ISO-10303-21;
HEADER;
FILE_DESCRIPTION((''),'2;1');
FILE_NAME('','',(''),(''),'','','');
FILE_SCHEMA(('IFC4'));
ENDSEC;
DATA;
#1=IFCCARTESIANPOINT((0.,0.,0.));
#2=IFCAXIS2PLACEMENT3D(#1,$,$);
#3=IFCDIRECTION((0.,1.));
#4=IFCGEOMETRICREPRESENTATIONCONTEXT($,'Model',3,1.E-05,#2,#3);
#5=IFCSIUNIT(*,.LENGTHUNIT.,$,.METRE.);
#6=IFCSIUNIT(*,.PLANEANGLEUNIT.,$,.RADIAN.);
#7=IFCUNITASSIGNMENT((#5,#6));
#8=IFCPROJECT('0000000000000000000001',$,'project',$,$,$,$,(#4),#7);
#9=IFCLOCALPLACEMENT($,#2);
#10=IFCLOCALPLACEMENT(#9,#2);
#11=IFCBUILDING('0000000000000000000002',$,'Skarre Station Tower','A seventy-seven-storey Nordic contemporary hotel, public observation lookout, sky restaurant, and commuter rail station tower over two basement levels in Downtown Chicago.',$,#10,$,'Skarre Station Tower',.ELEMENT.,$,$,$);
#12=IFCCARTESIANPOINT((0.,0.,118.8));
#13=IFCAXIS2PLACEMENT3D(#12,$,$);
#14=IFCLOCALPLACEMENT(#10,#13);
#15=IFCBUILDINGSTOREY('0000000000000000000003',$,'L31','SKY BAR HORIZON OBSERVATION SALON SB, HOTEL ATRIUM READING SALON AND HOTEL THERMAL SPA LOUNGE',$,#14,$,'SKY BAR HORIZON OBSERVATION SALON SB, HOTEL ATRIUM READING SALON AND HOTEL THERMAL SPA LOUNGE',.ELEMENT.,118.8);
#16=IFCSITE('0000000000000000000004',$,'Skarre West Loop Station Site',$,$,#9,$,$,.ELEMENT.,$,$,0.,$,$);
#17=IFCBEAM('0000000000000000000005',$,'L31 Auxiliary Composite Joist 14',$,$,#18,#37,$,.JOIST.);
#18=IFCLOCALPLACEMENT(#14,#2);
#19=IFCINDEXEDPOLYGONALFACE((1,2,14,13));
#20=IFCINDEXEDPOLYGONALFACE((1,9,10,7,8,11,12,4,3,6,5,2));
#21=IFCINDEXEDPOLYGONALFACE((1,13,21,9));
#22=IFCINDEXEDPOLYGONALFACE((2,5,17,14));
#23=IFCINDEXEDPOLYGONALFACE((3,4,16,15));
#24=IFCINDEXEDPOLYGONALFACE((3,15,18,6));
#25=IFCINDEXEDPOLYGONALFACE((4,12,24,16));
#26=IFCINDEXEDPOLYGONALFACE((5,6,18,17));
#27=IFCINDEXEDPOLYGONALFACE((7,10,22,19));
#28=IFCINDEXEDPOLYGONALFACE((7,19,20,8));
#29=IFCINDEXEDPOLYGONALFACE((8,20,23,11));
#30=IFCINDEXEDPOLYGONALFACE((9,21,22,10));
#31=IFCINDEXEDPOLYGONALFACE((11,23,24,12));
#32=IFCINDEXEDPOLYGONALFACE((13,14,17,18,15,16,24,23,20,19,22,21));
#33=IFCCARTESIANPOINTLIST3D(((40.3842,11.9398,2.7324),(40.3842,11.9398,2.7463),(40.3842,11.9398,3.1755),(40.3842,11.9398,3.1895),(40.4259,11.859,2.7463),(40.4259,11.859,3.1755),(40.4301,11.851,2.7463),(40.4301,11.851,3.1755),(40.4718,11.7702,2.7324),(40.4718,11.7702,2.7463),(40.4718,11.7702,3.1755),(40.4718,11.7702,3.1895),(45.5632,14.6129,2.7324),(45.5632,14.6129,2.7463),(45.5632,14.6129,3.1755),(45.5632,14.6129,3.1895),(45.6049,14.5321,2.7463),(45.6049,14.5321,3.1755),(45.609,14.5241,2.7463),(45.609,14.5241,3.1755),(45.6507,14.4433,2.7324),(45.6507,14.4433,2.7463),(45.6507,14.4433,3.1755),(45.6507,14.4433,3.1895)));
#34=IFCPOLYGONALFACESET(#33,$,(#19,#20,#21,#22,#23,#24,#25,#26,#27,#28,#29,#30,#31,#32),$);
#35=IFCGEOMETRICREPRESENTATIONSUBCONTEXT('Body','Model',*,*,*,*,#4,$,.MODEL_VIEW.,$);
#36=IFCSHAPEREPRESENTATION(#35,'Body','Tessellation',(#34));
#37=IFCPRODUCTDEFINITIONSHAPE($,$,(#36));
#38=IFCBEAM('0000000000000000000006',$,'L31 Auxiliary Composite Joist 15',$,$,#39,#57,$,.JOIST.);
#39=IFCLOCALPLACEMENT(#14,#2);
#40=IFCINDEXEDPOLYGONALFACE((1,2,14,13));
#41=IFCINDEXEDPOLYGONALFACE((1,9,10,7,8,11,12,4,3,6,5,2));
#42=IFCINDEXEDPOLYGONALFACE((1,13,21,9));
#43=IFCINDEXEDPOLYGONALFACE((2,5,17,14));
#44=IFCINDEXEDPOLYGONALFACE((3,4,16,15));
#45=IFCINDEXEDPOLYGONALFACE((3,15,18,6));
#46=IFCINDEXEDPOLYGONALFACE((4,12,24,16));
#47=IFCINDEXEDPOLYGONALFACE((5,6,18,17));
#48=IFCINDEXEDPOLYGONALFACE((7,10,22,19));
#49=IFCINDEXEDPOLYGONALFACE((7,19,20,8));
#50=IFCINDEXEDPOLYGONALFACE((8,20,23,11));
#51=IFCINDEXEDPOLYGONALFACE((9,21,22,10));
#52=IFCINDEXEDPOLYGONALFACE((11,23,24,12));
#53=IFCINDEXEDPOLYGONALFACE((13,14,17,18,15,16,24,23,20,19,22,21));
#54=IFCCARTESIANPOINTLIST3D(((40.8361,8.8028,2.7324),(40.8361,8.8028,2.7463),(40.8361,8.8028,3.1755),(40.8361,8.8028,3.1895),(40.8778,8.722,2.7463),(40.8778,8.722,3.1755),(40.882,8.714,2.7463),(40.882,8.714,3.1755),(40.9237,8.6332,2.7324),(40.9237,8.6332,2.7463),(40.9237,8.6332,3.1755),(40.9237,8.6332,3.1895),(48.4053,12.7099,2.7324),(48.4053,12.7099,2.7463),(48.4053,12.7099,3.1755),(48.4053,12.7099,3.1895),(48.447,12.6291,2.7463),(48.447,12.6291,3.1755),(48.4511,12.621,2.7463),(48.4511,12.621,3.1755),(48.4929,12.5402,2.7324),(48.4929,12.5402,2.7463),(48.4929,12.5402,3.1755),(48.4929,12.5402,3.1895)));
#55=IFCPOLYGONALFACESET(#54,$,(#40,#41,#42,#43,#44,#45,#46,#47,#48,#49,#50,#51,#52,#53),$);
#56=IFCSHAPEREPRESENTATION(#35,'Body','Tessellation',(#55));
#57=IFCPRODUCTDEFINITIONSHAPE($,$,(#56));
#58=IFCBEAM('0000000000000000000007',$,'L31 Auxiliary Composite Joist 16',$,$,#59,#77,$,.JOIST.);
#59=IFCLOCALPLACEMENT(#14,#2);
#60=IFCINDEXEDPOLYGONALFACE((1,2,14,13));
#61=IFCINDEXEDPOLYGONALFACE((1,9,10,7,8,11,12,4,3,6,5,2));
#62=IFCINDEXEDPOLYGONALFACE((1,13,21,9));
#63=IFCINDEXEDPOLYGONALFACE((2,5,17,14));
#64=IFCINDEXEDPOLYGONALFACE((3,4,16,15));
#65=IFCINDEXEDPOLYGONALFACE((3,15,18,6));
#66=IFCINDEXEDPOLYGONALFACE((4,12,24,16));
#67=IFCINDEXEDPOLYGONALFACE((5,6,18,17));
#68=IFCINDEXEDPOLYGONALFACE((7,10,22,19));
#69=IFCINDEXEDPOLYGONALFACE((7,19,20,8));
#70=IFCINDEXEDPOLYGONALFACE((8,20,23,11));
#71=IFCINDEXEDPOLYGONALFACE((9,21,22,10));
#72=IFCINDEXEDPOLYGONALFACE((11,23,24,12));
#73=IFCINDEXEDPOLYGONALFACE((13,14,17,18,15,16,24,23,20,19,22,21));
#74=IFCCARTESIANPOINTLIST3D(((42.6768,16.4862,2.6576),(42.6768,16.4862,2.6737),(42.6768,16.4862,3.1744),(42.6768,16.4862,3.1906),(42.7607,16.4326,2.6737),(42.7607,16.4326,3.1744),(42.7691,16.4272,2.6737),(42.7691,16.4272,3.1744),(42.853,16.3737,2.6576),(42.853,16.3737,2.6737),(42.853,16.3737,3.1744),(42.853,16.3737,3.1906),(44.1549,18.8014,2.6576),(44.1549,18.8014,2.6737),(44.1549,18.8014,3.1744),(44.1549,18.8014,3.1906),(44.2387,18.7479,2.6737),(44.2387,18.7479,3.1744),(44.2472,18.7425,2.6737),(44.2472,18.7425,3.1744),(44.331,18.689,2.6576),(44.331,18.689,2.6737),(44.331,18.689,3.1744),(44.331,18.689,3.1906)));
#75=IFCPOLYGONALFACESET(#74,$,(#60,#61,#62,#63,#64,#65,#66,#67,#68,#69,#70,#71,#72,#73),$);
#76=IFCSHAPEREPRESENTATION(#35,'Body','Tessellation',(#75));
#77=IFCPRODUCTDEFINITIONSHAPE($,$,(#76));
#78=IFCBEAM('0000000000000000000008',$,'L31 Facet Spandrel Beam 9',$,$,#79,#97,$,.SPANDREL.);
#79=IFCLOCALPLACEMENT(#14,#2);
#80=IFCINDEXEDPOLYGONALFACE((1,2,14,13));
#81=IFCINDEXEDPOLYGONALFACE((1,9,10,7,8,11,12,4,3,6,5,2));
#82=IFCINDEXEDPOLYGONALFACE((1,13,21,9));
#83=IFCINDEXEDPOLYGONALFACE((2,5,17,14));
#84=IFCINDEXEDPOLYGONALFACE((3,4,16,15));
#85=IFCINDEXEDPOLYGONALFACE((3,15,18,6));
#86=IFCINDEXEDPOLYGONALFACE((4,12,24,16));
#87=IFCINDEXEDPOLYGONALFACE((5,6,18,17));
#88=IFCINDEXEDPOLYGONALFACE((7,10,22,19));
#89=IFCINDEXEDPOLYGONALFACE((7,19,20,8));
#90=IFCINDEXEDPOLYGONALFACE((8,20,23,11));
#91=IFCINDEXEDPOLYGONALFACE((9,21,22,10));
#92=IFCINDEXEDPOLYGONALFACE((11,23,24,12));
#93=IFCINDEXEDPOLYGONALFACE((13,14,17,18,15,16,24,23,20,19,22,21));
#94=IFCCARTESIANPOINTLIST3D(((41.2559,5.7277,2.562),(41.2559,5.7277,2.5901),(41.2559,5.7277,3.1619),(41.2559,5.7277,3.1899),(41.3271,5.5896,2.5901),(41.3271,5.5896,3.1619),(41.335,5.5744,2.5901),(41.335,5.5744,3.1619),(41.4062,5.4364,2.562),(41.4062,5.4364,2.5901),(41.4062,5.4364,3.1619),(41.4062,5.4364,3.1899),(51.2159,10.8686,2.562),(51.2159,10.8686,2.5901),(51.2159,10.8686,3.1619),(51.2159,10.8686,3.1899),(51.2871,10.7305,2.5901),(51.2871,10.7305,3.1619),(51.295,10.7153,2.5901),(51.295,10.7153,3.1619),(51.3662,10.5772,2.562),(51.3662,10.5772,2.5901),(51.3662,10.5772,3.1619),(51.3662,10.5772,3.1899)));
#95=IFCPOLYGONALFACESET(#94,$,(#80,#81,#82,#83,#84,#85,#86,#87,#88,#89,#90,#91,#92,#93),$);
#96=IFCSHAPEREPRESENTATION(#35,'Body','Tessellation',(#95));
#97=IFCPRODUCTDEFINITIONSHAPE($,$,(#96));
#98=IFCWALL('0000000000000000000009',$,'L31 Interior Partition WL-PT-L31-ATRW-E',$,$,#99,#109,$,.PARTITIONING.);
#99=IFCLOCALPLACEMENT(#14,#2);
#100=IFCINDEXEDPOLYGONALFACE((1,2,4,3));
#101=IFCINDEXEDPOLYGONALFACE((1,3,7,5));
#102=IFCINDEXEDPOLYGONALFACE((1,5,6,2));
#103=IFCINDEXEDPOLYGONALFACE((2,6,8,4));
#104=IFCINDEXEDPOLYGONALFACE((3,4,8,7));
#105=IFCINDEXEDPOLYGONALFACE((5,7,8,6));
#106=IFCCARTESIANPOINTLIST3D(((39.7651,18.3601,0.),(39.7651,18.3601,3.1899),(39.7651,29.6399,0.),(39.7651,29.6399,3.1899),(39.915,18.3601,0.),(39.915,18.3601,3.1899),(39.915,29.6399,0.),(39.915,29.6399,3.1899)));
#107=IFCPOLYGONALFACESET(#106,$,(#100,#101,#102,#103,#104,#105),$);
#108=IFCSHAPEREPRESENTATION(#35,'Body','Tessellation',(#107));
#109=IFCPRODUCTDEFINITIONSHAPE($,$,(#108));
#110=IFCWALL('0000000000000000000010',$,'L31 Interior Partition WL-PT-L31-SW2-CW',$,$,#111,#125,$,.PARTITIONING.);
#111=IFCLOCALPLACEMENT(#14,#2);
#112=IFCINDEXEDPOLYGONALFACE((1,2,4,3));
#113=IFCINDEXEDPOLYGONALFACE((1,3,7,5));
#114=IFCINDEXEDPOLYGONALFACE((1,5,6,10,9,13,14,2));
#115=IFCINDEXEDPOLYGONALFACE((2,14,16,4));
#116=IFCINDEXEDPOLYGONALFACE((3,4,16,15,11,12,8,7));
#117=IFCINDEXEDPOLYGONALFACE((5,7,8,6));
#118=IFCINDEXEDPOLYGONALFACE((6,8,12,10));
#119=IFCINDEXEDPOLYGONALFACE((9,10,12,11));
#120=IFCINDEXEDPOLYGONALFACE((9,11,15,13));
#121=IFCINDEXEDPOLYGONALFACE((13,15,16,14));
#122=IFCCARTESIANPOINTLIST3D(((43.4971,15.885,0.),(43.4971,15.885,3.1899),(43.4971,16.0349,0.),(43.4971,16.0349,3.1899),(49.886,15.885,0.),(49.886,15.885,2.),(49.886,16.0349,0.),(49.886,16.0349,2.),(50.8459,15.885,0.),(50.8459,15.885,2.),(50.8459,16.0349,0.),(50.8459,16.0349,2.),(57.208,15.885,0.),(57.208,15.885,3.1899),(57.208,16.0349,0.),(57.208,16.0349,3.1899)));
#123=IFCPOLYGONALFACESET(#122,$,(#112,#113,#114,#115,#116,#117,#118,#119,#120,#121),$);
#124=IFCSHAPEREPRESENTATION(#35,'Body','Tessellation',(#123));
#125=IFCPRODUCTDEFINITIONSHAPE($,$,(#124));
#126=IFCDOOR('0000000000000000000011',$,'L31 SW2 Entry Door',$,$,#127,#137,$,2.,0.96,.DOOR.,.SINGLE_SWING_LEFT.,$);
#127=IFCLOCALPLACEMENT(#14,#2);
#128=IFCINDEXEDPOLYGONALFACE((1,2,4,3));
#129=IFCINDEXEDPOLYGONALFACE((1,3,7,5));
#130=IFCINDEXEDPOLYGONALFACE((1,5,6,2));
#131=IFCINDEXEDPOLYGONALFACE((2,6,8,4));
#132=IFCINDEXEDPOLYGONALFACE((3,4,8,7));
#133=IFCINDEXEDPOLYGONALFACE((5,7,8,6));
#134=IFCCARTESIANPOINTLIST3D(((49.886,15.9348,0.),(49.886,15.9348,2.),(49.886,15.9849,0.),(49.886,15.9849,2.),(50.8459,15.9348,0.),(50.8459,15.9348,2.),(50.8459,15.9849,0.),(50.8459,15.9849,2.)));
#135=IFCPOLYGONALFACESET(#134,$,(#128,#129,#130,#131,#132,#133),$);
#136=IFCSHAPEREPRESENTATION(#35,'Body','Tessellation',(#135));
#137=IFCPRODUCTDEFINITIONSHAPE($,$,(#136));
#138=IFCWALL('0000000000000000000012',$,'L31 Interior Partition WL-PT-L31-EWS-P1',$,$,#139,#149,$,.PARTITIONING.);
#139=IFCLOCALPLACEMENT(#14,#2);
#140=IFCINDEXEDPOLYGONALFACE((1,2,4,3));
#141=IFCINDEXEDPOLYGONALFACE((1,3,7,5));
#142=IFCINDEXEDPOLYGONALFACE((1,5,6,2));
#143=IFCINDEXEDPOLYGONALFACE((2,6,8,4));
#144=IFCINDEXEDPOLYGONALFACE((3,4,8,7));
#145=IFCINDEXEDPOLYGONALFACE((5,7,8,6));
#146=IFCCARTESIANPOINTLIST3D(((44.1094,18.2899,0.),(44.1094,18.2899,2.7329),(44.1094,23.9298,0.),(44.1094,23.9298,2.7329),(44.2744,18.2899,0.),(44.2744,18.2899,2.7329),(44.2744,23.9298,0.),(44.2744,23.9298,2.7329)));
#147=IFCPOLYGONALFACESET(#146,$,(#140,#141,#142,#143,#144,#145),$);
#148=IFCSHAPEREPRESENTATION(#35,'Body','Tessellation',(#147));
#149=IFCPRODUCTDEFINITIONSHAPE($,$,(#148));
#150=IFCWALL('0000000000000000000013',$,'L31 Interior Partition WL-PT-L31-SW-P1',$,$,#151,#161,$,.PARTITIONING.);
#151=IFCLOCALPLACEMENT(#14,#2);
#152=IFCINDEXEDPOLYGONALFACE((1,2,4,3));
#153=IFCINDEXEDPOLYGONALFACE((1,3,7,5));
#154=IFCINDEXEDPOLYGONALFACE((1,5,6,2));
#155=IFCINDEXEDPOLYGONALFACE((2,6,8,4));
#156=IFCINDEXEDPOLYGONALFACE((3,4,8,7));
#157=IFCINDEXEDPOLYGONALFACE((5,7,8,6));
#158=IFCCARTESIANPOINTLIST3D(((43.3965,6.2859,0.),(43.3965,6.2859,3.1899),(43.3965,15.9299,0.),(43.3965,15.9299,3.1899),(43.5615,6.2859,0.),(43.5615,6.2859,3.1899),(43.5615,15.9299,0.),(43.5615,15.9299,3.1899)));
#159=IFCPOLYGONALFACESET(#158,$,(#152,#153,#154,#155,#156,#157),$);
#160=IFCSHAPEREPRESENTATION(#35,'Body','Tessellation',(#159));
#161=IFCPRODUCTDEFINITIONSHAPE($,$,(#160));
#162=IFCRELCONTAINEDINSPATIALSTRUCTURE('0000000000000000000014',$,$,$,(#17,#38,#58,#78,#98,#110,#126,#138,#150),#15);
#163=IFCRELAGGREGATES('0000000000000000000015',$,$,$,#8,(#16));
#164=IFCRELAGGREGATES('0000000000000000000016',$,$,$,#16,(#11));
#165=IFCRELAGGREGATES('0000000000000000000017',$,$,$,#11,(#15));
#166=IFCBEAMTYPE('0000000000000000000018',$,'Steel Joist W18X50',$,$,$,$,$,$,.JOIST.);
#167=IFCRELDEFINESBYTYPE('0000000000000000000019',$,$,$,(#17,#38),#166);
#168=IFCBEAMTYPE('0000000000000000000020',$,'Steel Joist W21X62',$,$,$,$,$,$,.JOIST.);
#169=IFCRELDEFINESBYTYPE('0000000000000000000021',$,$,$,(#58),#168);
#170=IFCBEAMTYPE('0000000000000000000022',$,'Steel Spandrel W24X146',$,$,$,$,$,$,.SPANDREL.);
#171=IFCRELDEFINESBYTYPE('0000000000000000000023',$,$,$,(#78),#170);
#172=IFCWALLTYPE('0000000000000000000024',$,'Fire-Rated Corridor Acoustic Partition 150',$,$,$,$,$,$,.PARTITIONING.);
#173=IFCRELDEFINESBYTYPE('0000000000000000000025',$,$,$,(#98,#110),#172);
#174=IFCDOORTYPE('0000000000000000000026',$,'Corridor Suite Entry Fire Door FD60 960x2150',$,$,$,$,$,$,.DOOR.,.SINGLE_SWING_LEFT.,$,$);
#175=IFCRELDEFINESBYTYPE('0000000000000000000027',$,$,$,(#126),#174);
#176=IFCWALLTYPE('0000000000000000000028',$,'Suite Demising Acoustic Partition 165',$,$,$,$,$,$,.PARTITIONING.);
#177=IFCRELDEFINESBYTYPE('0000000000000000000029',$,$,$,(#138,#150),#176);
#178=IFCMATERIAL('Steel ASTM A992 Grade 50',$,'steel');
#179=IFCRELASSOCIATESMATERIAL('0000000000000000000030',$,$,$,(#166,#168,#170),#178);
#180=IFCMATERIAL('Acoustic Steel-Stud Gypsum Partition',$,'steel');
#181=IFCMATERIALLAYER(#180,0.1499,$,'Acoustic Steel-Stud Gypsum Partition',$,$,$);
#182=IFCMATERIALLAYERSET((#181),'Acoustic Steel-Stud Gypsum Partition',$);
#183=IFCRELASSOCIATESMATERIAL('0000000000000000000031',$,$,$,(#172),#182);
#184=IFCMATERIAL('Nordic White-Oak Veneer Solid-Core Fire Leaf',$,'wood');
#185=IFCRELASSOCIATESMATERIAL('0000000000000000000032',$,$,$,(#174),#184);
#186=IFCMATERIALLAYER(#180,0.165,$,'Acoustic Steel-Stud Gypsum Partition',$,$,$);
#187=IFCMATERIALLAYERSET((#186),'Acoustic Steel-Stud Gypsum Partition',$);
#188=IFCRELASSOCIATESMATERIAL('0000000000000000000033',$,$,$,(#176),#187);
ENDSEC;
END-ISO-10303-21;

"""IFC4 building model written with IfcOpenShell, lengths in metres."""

from ifc_helpers import new_model, si_unit, direction, frame, frame_2d, origin, origin_2d, place, context, subcontext, project, spatial, rectangle, i_section, extrude, material, layer, layer_set, material_profile, profile_set, type_object, element, fill, save


model = new_model("IFC4")

# Units and contexts
model_context = context("Model", 3, precision=1e-05, world=origin(), true_north=direction((0.0, 1.0)))
body_context = subcontext(model_context, "Body", "Model", "MODEL_VIEW")
ifc_project = project(units=[si_unit("LENGTHUNIT", "METRE"), si_unit("PLANEANGLEUNIT", "RADIAN")], contexts=[model_context])

# Site, building, storey
site_placement = place(None, origin())
site = spatial("IfcSite", under=ifc_project, at=site_placement, Name="Skarre West Loop Station Site", CompositionType="ELEMENT", RefElevation=0.0)
building_placement = place(site_placement, origin())
building = spatial("IfcBuilding", under=site, at=building_placement, Name="Skarre Station Tower", Description="A seventy-seven-storey Nordic contemporary hotel, public observation lookout, sky restaurant, and commuter rail station tower over two basement levels in Downtown Chicago.", LongName="Skarre Station Tower", CompositionType="ELEMENT")
storey_placement = place(building_placement, frame((0.0, 0.0, 118.8)))
storey = spatial("IfcBuildingStorey", under=building, at=storey_placement, Name="L31", Description="SKY BAR HORIZON OBSERVATION SALON SB, HOTEL ATRIUM READING SALON AND HOTEL THERMAL SPA LOUNGE", LongName="SKY BAR HORIZON OBSERVATION SALON SB, HOTEL ATRIUM READING SALON AND HOTEL THERMAL SPA LOUNGE", CompositionType="ELEMENT", Elevation=118.8)

# Beams
ifc_material_1 = material(Name="Steel ASTM A992 Grade 50", Category="steel")
ifc_material_profile_1 = material_profile(ifc_material_1, i_section(OverallWidth=0.1909, OverallDepth=0.457, WebThickness=0.009, FlangeThickness=0.0139, at=origin_2d()), Name="Steel ASTM A992 Grade 50")
ifc_profile_set_1 = profile_set([ifc_material_profile_1], Name="Steel ASTM A992 Grade 50")
beam_type_1 = type_object("IfcBeamType", Name="Steel Joist W18X50", PredefinedType="JOIST", material=ifc_profile_set_1)
beam_1_placement = place(storey_placement, frame((40.428, 11.855, 2.9609), z_axis=(0.888615, 0.458655, 0.0), x_axis=(-0.458655, 0.888615, 0.0)))
element("IfcBeam", 1, at=beam_1_placement, inside=storey, type_object=beam_type_1, Name="L31 Auxiliary Composite Joist 14", PredefinedType="JOIST", context=body_context, shape_type="SweptSolid", body=[
    extrude(i_section(OverallWidth=0.1909, OverallDepth=0.457, WebThickness=0.009, FlangeThickness=0.0139, at=origin_2d()), origin(), (0.0, 0.0, 1.0), 5.8281),
])
beam_2_placement = place(storey_placement, frame((40.8799, 8.718, 2.9609), z_axis=(0.888604, 0.458676, 0.0), x_axis=(-0.458676, 0.888604, 0.0)))
element("IfcBeam", 2, at=beam_2_placement, inside=storey, type_object=beam_type_1, Name="L31 Auxiliary Composite Joist 15", PredefinedType="JOIST", context=body_context, shape_type="SweptSolid", body=[
    extrude(i_section(OverallWidth=0.1909, OverallDepth=0.457, WebThickness=0.009, FlangeThickness=0.0139, at=origin_2d()), origin(), (0.0, 0.0, 1.0), 8.5181),
])
ifc_material_profile_2 = material_profile(ifc_material_1, i_section(OverallWidth=0.209, OverallDepth=0.533, WebThickness=0.01, FlangeThickness=0.0161, at=origin_2d()), Name="Steel ASTM A992 Grade 50")
ifc_profile_set_2 = profile_set([ifc_material_profile_2], Name="Steel ASTM A992 Grade 50")
beam_type_2 = type_object("IfcBeamType", Name="Steel Joist W21X62", PredefinedType="JOIST", material=ifc_profile_set_2)
beam_3_placement = place(storey_placement, frame((42.7649, 16.4299, 2.9241), z_axis=(0.5381, 0.842881, 0.0), x_axis=(-0.842881, 0.5381, 0.0)))
element("IfcBeam", 3, at=beam_3_placement, inside=storey, type_object=beam_type_2, Name="L31 Auxiliary Composite Joist 16", PredefinedType="JOIST", context=body_context, shape_type="SweptSolid", body=[
    extrude(i_section(OverallWidth=0.209, OverallDepth=0.533, WebThickness=0.01, FlangeThickness=0.0161, at=origin_2d()), origin(), (0.0, 0.0, 1.0), 2.7468),
])
ifc_material_profile_3 = material_profile(ifc_material_1, i_section(OverallWidth=0.3279, OverallDepth=0.6279, WebThickness=0.0171, FlangeThickness=0.0281, at=origin_2d()), Name="Steel ASTM A992 Grade 50")
ifc_profile_set_3 = profile_set([ifc_material_profile_3], Name="Steel ASTM A992 Grade 50")
beam_type_3 = type_object("IfcBeamType", Name="Steel Spandrel W24X146", PredefinedType="SPANDREL", material=ifc_profile_set_3)
beam_4_placement = place(storey_placement, frame((41.3311, 5.582, 2.876), z_axis=(0.888612, 0.45866, 0.0), x_axis=(-0.45866, 0.888612, 0.0)))
element("IfcBeam", 4, at=beam_4_placement, inside=storey, type_object=beam_type_3, Name="L31 Facet Spandrel Beam 9", PredefinedType="SPANDREL", context=body_context, shape_type="SweptSolid", body=[
    extrude(i_section(OverallWidth=0.3279, OverallDepth=0.6279, WebThickness=0.0171, FlangeThickness=0.0281, at=origin_2d()), origin(), (0.0, 0.0, 1.0), 11.2085),
])

# Wall
ifc_material_2 = material(Name="Acoustic Steel-Stud Gypsum Partition", Category="steel")
ifc_layer_1 = layer(ifc_material_2, 0.1499, Name="Acoustic Steel-Stud Gypsum Partition")
ifc_layer_set_1 = layer_set([ifc_layer_1], Name="Acoustic Steel-Stud Gypsum Partition")
wall_type_1 = type_object("IfcWallType", Name="Fire-Rated Corridor Acoustic Partition 150", PredefinedType="PARTITIONING", material=ifc_layer_set_1)
wall_1_placement = place(storey_placement, frame((39.8401, 18.3601, 0.0), z_axis=(0.0, 0.0, 1.0), x_axis=(0.0, 1.0, 0.0)))
element("IfcWall", 5, at=wall_1_placement, inside=storey, type_object=wall_type_1, Name="L31 Interior Partition WL-PT-L31-ATRW-E", PredefinedType="PARTITIONING", context=body_context, shape_type="SweptSolid", body=[
    extrude(rectangle(XDim=11.2798, YDim=0.1499, at=frame_2d((5.6399, 0.0))), origin(), (0.0, 0.0, 1.0), 3.1899),
])

# Wall, opening, door
wall_2_placement = place(storey_placement, frame((43.4971, 15.96, 0.0), z_axis=(0.0, 0.0, 1.0), x_axis=(1.0, 0.0, 0.0)))
wall_2 = element("IfcWall", 6, at=wall_2_placement, inside=storey, type_object=wall_type_1, Name="L31 Interior Partition WL-PT-L31-SW2-CW", PredefinedType="PARTITIONING", context=body_context, shape_type="SweptSolid", body=[
    extrude(rectangle(XDim=13.7109, YDim=0.1499, at=frame_2d((6.8555, 0.0))), origin(), (0.0, 0.0, 1.0), 3.1899),
])
opening_placement = place(wall_2_placement, frame((6.3889, 0.0, 0.0)))
opening = element("IfcOpeningElement", 7, at=opening_placement, cuts=wall_2, PredefinedType="OPENING", context=body_context, shape_type="SweptSolid", body=[
    extrude(rectangle(XDim=0.96, YDim=2.0, at=frame_2d((0.48, 1.0))), frame((0.0, 0.085, 0.0), z_axis=(0.0, -1.0, 0.0), x_axis=(1.0, 0.0, 0.0)), (0.0, 0.0, 1.0), 0.1699),
])
ifc_material_3 = material(Name="Nordic White-Oak Veneer Solid-Core Fire Leaf", Category="wood")
door_type = type_object("IfcDoorType", Name="Corridor Suite Entry Fire Door FD60 960x2150", OperationType="SINGLE_SWING_LEFT", PredefinedType="DOOR", material=ifc_material_3)
door_placement = place(opening_placement, origin())
door = element("IfcDoor", 8, at=door_placement, inside=storey, type_object=door_type, Name="L31 SW2 Entry Door", OperationType="SINGLE_SWING_LEFT", OverallHeight=2.0, OverallWidth=0.96, PredefinedType="DOOR", context=body_context, shape_type="SweptSolid", body=[
    extrude(rectangle(XDim=0.96, YDim=2.0, at=frame_2d((0.48, 1.0))), frame((0.0, 0.0249, 0.0), z_axis=(0.0, -1.0, 0.0), x_axis=(1.0, 0.0, 0.0)), (0.0, 0.0, 1.0), 0.05),
])
fill(opening, door)

# Walls
ifc_layer_2 = layer(ifc_material_2, 0.165, Name="Acoustic Steel-Stud Gypsum Partition")
ifc_layer_set_2 = layer_set([ifc_layer_2], Name="Acoustic Steel-Stud Gypsum Partition")
wall_type_2 = type_object("IfcWallType", Name="Suite Demising Acoustic Partition 165", PredefinedType="PARTITIONING", material=ifc_layer_set_2)
wall_3_placement = place(storey_placement, frame((44.1919, 18.29, 0.0), z_axis=(0.0, 0.0, 1.0), x_axis=(0.0, 1.0, 0.0)))
element("IfcWall", 9, at=wall_3_placement, inside=storey, type_object=wall_type_2, Name="L31 Interior Partition WL-PT-L31-EWS-P1", PredefinedType="PARTITIONING", context=body_context, shape_type="SweptSolid", body=[
    extrude(rectangle(XDim=5.6399, YDim=0.165, at=frame_2d((2.8198, 0.0))), origin(), (0.0, 0.0, 1.0), 2.7329),
])
wall_4_placement = place(storey_placement, frame((43.479, 6.2859, 0.0), z_axis=(0.0, 0.0, 1.0), x_axis=(0.0, 1.0, 0.0)))
element("IfcWall", 10, at=wall_4_placement, inside=storey, type_object=wall_type_2, Name="L31 Interior Partition WL-PT-L31-SW-P1", PredefinedType="PARTITIONING", context=body_context, shape_type="SweptSolid", body=[
    extrude(rectangle(XDim=9.644, YDim=0.165, at=frame_2d((4.822, 0.0))), origin(), (0.0, 0.0, 1.0), 3.1899),
])

save(model, "model.ifc")
